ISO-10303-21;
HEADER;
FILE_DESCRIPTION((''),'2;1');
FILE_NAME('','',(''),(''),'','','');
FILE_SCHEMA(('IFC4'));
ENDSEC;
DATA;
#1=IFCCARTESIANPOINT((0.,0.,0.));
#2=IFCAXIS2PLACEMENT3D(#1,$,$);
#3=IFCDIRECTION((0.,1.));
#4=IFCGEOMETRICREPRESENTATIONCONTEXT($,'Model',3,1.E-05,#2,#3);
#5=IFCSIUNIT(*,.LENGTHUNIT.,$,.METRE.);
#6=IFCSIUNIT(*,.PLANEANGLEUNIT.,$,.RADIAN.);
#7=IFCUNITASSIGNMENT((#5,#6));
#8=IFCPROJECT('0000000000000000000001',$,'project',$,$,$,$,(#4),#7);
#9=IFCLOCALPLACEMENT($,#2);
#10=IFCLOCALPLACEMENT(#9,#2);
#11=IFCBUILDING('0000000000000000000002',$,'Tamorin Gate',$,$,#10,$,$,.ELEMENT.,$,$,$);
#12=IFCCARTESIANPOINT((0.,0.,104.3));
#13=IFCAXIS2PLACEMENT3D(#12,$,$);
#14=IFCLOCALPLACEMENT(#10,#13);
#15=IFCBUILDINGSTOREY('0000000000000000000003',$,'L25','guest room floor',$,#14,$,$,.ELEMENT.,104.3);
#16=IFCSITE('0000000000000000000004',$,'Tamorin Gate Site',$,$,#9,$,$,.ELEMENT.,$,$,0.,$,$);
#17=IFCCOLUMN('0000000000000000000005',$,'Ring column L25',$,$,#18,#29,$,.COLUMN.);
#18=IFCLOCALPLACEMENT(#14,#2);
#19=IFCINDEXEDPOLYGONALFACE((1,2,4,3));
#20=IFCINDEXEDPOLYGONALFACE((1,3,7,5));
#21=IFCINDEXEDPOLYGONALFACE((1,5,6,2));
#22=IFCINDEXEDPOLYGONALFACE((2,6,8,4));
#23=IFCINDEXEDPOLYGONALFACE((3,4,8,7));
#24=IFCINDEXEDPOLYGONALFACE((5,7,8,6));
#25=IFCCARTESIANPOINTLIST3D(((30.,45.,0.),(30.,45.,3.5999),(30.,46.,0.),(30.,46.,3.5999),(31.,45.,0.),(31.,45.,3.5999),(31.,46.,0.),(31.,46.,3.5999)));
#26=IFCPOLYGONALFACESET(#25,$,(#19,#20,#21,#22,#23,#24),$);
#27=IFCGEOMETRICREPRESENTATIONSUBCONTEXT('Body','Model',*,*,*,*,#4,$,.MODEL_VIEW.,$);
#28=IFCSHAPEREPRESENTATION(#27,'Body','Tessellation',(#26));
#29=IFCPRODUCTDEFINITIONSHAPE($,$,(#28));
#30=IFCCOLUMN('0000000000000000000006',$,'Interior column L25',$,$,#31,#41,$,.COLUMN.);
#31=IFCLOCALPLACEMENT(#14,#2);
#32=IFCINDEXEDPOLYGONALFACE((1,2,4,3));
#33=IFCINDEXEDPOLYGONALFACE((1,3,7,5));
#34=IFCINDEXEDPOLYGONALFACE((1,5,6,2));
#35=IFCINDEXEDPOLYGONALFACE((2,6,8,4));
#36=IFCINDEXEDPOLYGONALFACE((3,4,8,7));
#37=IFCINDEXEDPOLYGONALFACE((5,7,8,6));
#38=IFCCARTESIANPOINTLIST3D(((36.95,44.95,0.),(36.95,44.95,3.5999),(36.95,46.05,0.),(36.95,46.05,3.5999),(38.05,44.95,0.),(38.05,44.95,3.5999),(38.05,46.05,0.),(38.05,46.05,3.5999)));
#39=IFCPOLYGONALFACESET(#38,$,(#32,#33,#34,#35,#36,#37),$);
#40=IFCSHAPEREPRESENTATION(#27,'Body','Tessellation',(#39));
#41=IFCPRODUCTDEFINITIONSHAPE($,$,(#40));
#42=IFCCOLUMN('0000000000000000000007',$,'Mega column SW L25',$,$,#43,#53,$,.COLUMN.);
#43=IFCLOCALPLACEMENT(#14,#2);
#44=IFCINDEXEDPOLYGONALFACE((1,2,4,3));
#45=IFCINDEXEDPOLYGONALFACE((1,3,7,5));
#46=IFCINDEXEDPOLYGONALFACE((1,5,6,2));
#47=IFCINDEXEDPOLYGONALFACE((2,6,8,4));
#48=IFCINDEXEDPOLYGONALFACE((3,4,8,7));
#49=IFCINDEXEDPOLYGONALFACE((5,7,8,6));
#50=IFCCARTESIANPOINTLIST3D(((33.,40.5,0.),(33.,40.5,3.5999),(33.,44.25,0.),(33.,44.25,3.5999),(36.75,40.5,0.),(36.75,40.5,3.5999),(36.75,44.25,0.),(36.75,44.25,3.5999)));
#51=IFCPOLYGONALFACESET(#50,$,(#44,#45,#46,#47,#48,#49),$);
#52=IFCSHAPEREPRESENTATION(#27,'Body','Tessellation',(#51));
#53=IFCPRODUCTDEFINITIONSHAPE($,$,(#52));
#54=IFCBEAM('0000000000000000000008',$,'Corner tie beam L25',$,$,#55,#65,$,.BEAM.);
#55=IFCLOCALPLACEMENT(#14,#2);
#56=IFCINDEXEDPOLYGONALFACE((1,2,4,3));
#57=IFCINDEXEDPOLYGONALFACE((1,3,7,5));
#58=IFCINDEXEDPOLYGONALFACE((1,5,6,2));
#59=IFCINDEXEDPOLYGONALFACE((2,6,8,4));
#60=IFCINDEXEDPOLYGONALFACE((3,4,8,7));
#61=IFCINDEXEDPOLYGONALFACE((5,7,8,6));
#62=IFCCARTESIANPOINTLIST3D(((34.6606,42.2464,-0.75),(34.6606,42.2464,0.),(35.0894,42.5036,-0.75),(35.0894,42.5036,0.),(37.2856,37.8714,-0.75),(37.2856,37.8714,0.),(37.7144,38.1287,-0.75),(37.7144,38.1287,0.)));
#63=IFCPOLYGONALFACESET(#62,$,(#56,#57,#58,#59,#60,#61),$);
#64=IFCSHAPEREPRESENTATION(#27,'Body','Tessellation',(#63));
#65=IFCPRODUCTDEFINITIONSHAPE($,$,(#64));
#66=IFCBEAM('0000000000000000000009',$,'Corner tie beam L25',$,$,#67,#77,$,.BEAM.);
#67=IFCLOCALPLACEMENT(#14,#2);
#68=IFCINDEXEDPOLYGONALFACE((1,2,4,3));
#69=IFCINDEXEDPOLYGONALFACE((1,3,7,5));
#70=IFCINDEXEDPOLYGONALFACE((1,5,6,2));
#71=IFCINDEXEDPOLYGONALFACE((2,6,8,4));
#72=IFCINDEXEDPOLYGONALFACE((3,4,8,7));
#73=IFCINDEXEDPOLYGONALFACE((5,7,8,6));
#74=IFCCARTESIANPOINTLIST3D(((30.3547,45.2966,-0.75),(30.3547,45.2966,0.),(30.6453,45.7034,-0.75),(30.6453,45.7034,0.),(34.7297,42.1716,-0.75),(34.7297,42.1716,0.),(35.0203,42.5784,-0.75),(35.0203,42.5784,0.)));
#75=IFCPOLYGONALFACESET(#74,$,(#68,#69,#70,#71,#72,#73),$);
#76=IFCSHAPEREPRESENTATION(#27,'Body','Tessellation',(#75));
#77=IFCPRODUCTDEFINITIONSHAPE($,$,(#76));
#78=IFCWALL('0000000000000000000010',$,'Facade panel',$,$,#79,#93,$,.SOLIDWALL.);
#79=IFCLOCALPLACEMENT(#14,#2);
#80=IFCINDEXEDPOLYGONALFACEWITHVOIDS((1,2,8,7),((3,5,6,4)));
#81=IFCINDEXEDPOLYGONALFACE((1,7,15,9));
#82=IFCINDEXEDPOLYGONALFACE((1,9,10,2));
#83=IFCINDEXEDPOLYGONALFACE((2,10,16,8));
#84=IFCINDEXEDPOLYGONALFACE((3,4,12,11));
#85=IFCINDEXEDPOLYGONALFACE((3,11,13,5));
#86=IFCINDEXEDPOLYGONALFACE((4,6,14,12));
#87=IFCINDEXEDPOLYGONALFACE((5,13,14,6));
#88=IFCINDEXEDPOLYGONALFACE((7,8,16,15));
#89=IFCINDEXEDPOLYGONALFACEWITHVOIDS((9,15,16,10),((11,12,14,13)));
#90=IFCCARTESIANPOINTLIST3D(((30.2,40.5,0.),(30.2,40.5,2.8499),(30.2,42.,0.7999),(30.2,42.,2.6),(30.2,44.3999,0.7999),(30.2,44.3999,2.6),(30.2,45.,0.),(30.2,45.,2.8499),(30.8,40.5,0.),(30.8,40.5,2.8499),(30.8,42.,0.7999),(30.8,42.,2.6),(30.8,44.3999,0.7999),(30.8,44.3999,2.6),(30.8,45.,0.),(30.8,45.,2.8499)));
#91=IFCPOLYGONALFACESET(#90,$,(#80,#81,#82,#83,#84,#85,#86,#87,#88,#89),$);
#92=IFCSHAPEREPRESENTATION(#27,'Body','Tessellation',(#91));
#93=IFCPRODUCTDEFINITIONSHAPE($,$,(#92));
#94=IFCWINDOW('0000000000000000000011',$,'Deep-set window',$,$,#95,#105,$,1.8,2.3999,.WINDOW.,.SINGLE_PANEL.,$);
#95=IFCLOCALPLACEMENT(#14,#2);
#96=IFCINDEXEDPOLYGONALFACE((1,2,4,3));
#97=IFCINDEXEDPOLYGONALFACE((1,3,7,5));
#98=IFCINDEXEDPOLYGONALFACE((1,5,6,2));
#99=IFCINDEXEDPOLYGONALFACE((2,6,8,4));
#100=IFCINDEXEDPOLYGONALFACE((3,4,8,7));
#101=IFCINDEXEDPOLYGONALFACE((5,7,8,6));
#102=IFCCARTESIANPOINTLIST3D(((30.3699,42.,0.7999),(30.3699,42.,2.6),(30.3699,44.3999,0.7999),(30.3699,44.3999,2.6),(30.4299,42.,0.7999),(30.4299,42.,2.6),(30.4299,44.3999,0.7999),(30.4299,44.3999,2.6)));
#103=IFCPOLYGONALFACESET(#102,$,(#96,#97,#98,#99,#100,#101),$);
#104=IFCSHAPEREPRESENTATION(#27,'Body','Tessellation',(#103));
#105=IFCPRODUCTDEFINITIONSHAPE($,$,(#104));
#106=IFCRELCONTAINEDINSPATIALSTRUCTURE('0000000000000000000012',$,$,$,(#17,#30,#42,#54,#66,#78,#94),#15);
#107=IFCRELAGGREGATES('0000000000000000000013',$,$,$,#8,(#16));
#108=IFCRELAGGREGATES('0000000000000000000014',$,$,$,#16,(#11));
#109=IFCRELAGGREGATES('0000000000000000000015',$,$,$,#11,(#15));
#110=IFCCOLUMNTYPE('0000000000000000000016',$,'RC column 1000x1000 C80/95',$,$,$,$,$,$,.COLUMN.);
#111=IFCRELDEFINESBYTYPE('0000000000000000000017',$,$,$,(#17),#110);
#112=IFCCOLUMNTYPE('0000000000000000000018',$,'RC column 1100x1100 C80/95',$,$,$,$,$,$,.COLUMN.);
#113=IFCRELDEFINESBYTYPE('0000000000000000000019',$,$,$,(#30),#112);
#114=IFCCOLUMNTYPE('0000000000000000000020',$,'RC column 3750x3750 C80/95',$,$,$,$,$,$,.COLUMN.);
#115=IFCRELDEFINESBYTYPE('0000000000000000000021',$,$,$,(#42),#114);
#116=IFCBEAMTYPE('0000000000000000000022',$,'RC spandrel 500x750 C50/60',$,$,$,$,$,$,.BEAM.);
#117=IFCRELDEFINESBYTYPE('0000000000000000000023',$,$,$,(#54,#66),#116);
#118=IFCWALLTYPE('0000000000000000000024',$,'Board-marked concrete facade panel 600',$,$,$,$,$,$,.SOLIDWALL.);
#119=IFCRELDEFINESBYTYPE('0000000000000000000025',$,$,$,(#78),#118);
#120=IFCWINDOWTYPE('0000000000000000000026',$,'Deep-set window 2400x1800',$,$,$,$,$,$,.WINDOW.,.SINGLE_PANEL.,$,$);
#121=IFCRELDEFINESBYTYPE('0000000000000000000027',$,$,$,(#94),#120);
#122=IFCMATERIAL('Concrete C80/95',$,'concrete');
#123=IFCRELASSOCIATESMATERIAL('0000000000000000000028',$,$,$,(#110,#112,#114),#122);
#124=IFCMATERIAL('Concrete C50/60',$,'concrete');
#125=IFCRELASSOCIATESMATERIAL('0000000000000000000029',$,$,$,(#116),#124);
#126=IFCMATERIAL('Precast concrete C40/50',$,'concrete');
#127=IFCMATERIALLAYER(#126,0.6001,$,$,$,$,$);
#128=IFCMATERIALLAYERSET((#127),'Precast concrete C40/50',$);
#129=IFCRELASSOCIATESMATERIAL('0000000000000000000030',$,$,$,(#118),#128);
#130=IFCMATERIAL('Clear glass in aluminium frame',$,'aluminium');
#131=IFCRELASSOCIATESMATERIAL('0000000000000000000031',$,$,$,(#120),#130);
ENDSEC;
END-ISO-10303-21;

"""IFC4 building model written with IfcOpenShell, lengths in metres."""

from ifc_helpers import new_model, si_unit, direction, frame, frame_2d, origin, origin_2d, place, context, subcontext, project, spatial, rectangle, extrude, material, layer, layer_set, material_profile, profile_set, type_object, element, fill, save


model = new_model("IFC4")

# Units and contexts
model_context = context("Model", 3, precision=1e-05, world=origin(), true_north=direction((0.0, 1.0)))
body_context = subcontext(model_context, "Body", "Model", "MODEL_VIEW")
ifc_project = project(units=[si_unit("LENGTHUNIT", "METRE"), si_unit("PLANEANGLEUNIT", "RADIAN")], contexts=[model_context])

# Site, building, storey
site_placement = place(None, origin())
site = spatial("IfcSite", under=ifc_project, at=site_placement, Name="Tamorin Gate Site", CompositionType="ELEMENT", RefElevation=0.0)
building_placement = place(site_placement, origin())
building = spatial("IfcBuilding", under=site, at=building_placement, Name="Tamorin Gate", CompositionType="ELEMENT")
storey_placement = place(building_placement, frame((0.0, 0.0, 104.3)))
storey = spatial("IfcBuildingStorey", under=building, at=storey_placement, Name="L25", Description="guest room floor", CompositionType="ELEMENT", Elevation=104.3)

# Columns
ifc_material_1 = material(Name="Concrete C80/95", Category="concrete")
ifc_material_profile_1 = material_profile(ifc_material_1, rectangle(XDim=1.0, YDim=1.0, at=origin_2d()), Name="RC 1000x1000")
ifc_profile_set_1 = profile_set([ifc_material_profile_1], Name="Concrete C80/95")
column_type_1 = type_object("IfcColumnType", Name="RC column 1000x1000 C80/95", PredefinedType="COLUMN", material=ifc_profile_set_1)
column_1_placement = place(storey_placement, frame((30.5, 45.5, 0.0), z_axis=(0.0, 0.0, 1.0), x_axis=(1.0, 0.0, 0.0)))
element("IfcColumn", 1, at=column_1_placement, inside=storey, type_object=column_type_1, Name="Ring column L25", PredefinedType="COLUMN", context=body_context, shape_type="SweptSolid", body=[
    extrude(rectangle(XDim=1.0, YDim=1.0, at=origin_2d()), origin(), (0.0, 0.0, 1.0), 3.5999),
])
ifc_material_profile_2 = material_profile(ifc_material_1, rectangle(XDim=1.1001, YDim=1.1001, at=origin_2d()), Name="RC 1100x1100")
ifc_profile_set_2 = profile_set([ifc_material_profile_2], Name="Concrete C80/95")
column_type_2 = type_object("IfcColumnType", Name="RC column 1100x1100 C80/95", PredefinedType="COLUMN", material=ifc_profile_set_2)
column_2_placement = place(storey_placement, frame((37.5, 45.5, 0.0), z_axis=(0.0, 0.0, 1.0), x_axis=(1.0, 0.0, 0.0)))
element("IfcColumn", 2, at=column_2_placement, inside=storey, type_object=column_type_2, Name="Interior column L25", PredefinedType="COLUMN", context=body_context, shape_type="SweptSolid", body=[
    extrude(rectangle(XDim=1.1001, YDim=1.1001, at=origin_2d()), origin(), (0.0, 0.0, 1.0), 3.5999),
])
ifc_material_profile_3 = material_profile(ifc_material_1, rectangle(XDim=3.75, YDim=3.75, at=origin_2d()), Name="RC 3750x3750")
ifc_profile_set_3 = profile_set([ifc_material_profile_3], Name="Concrete C80/95")
column_type_3 = type_object("IfcColumnType", Name="RC column 3750x3750 C80/95", PredefinedType="COLUMN", material=ifc_profile_set_3)
column_3_placement = place(storey_placement, frame((34.875, 42.375, 0.0), z_axis=(0.0, 0.0, 1.0), x_axis=(1.0, 0.0, 0.0)))
element("IfcColumn", 3, at=column_3_placement, inside=storey, type_object=column_type_3, Name="Mega column SW L25", PredefinedType="COLUMN", context=body_context, shape_type="SweptSolid", body=[
    extrude(rectangle(XDim=3.75, YDim=3.75, at=origin_2d()), origin(), (0.0, 0.0, 1.0), 3.5999),
])

# Beams
ifc_material_2 = material(Name="Concrete C50/60", Category="concrete")
ifc_material_profile_4 = material_profile(ifc_material_2, rectangle(XDim=0.5, YDim=0.75, at=origin_2d()), Name="RC 500x750")
ifc_profile_set_4 = profile_set([ifc_material_profile_4], Name="Concrete C50/60")
beam_type = type_object("IfcBeamType", Name="RC spandrel 500x750 C50/60", PredefinedType="BEAM", material=ifc_profile_set_4)
beam_1_placement = place(storey_placement, frame((34.875, 42.375, -0.375), z_axis=(0.514496, -0.857493, 0.0), x_axis=(0.857493, 0.514496, 0.0)))
element("IfcBeam", 4, at=beam_1_placement, inside=storey, type_object=beam_type, Name="Corner tie beam L25", PredefinedType="BEAM", context=body_context, shape_type="SweptSolid", body=[
    extrude(rectangle(XDim=0.5, YDim=0.75, at=origin_2d()), origin(), (0.0, 0.0, 1.0), 5.1021),
])
beam_2_placement = place(storey_placement, frame((34.875, 42.375, -0.375), z_axis=(-0.813733, 0.581238, 0.0), x_axis=(-0.581238, -0.813733, 0.0)))
element("IfcBeam", 5, at=beam_2_placement, inside=storey, type_object=beam_type, Name="Corner tie beam L25", PredefinedType="BEAM", context=body_context, shape_type="SweptSolid", body=[
    extrude(rectangle(XDim=0.5, YDim=0.75, at=origin_2d()), origin(), (0.0, 0.0, 1.0), 5.3765),
])

# Wall, opening, window
ifc_material_3 = material(Name="Precast concrete C40/50", Category="concrete")
ifc_layer_1 = layer(ifc_material_3, 0.6001)
ifc_layer_set_1 = layer_set([ifc_layer_1], Name="Precast concrete C40/50")
wall_type_1 = type_object("IfcWallType", Name="Board-marked concrete facade panel 600", PredefinedType="SOLIDWALL", material=ifc_layer_set_1)
wall_1_placement = place(storey_placement, frame((30.5, 45.0, 0.0), z_axis=(0.0, 0.0, 1.0), x_axis=(0.0, -1.0, 0.0)))
wall_1 = element("IfcWall", 6, at=wall_1_placement, inside=storey, type_object=wall_type_1, Name="Facade panel", PredefinedType="SOLIDWALL", context=body_context, shape_type="SweptSolid", body=[
    extrude(rectangle(XDim=4.5, YDim=0.6001, at=frame_2d((2.25, 0.0))), origin(), (0.0, 0.0, 1.0), 2.8499),
])
opening_1_placement = place(wall_1_placement, frame((0.6001, 0.0, 0.8)))
opening_1 = element("IfcOpeningElement", 7, at=opening_1_placement, cuts=wall_1, PredefinedType="OPENING", context=body_context, shape_type="SweptSolid", body=[
    extrude(rectangle(XDim=2.3999, YDim=1.8, at=frame_2d((1.2, 0.8999))), frame((0.0, 0.3101, 0.0), z_axis=(0.0, -1.0, 0.0), x_axis=(1.0, 0.0, 0.0)), (0.0, 0.0, 1.0), 0.6201),
])
ifc_material_4 = material(Name="Clear glass in aluminium frame", Category="aluminium")
window_type = type_object("IfcWindowType", Name="Deep-set window 2400x1800", PartitioningType="SINGLE_PANEL", PredefinedType="WINDOW", material=ifc_material_4)
window_placement = place(opening_1_placement, origin())
window = element("IfcWindow", 8, at=window_placement, inside=storey, type_object=window_type, Name="Deep-set window", OverallHeight=1.8, OverallWidth=2.3999, PartitioningType="SINGLE_PANEL", PredefinedType="WINDOW", context=body_context, shape_type="SweptSolid", body=[
    extrude(rectangle(XDim=2.3999, YDim=1.8, at=frame_2d((1.2, 0.8999))), frame((0.0, -0.0701, 0.0), z_axis=(0.0, -1.0, 0.0), x_axis=(1.0, 0.0, 0.0)), (0.0, 0.0, 1.0), 0.0601),
])
fill(opening_1, window)

save(model, "model.ifc")
